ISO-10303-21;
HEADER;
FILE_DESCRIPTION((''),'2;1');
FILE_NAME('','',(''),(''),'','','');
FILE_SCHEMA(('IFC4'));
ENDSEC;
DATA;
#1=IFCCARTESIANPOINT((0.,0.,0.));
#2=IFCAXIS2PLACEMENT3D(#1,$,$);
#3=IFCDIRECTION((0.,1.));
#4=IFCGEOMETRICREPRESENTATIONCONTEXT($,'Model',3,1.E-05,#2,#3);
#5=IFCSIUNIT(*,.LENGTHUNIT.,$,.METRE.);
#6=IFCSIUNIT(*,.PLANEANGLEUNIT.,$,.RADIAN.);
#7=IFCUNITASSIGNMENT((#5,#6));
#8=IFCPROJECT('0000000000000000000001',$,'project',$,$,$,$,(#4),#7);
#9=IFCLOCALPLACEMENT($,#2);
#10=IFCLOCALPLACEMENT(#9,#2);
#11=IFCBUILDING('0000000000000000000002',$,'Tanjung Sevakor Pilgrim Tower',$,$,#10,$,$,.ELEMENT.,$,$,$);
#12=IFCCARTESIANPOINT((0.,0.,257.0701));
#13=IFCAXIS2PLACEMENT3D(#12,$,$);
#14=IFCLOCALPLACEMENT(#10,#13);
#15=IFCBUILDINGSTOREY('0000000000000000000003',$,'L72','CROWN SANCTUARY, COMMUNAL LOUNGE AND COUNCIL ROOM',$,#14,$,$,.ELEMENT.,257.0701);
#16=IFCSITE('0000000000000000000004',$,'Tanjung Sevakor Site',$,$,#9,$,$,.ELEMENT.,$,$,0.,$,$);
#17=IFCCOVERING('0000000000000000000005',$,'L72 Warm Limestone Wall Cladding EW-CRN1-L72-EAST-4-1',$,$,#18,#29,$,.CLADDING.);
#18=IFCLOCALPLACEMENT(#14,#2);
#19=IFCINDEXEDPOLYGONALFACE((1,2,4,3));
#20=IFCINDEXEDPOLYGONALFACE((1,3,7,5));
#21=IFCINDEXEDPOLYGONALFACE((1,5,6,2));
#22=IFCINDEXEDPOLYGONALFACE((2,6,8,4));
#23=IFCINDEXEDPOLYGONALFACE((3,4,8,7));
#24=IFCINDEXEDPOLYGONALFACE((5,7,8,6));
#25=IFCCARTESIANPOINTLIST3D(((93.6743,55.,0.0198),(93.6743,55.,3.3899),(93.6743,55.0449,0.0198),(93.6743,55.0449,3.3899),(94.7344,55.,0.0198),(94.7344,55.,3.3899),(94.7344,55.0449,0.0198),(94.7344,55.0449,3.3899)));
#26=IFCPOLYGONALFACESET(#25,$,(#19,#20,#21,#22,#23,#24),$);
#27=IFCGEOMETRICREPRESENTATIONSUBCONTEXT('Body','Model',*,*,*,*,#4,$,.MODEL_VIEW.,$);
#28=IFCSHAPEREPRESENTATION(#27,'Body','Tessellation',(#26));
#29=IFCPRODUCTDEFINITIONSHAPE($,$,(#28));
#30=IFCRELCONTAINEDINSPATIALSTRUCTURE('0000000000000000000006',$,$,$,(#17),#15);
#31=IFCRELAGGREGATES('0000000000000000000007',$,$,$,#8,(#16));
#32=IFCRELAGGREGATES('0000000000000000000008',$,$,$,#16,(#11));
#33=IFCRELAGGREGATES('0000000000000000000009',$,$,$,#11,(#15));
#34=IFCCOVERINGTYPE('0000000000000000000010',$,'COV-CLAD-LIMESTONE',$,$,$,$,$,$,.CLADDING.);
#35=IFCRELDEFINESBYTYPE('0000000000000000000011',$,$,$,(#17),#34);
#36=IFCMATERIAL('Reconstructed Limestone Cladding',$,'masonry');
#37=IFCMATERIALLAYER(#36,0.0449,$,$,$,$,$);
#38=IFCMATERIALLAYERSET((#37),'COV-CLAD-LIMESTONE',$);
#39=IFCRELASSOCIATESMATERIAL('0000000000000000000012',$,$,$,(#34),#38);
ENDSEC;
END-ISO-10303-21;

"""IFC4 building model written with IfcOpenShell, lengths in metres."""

from ifc_helpers import new_model, si_unit, direction, frame, origin, origin_2d, place, context, subcontext, project, spatial, rectangle, extrude, material, layer, layer_set, type_object, element, save


model = new_model("IFC4")

# Units and contexts
model_context = context("Model", 3, precision=1e-05, world=origin(), true_north=direction((0.0, 1.0)))
body_context = subcontext(model_context, "Body", "Model", "MODEL_VIEW")
ifc_project = project(units=[si_unit("LENGTHUNIT", "METRE"), si_unit("PLANEANGLEUNIT", "RADIAN")], contexts=[model_context])

# Site, building, storey
site_placement = place(None, origin())
site = spatial("IfcSite", under=ifc_project, at=site_placement, Name="Tanjung Sevakor Site", CompositionType="ELEMENT", RefElevation=0.0)
building_placement = place(site_placement, origin())
building = spatial("IfcBuilding", under=site, at=building_placement, Name="Tanjung Sevakor Pilgrim Tower", CompositionType="ELEMENT")
storey_placement = place(building_placement, frame((0.0, 0.0, 257.0701)))
storey = spatial("IfcBuildingStorey", under=building, at=storey_placement, Name="L72", Description="CROWN SANCTUARY, COMMUNAL LOUNGE AND COUNCIL ROOM", CompositionType="ELEMENT", Elevation=257.0701)

# Covering
ifc_material_1 = material(Name="Reconstructed Limestone Cladding", Category="masonry")
ifc_layer_1 = layer(ifc_material_1, 0.0449)
ifc_layer_set_1 = layer_set([ifc_layer_1], Name="COV-CLAD-LIMESTONE")
covering_type = type_object("IfcCoveringType", Name="COV-CLAD-LIMESTONE", PredefinedType="CLADDING", material=ifc_layer_set_1)
for number, where, z_axis, x_axis, name in (
    (1, (94.2043, 55.0225, 0.0198), (0.0, 0.0, 1.0), (-1.0, 0.0, 0.0), "L72 Warm Limestone Wall Cladding EW-CRN1-L72-EAST-4-1"),
):
    element("IfcCovering", number, at=place(storey_placement, frame(where, z_axis=z_axis, x_axis=x_axis)), inside=storey, type_object=covering_type, Name=name, PredefinedType="CLADDING", context=body_context, shape_type="SweptSolid", body=[
        extrude(rectangle(XDim=1.0601, YDim=0.0449, at=origin_2d()), origin(), (0.0, 0.0, 1.0), 3.3701),
    ])

save(model, "model.ifc")
